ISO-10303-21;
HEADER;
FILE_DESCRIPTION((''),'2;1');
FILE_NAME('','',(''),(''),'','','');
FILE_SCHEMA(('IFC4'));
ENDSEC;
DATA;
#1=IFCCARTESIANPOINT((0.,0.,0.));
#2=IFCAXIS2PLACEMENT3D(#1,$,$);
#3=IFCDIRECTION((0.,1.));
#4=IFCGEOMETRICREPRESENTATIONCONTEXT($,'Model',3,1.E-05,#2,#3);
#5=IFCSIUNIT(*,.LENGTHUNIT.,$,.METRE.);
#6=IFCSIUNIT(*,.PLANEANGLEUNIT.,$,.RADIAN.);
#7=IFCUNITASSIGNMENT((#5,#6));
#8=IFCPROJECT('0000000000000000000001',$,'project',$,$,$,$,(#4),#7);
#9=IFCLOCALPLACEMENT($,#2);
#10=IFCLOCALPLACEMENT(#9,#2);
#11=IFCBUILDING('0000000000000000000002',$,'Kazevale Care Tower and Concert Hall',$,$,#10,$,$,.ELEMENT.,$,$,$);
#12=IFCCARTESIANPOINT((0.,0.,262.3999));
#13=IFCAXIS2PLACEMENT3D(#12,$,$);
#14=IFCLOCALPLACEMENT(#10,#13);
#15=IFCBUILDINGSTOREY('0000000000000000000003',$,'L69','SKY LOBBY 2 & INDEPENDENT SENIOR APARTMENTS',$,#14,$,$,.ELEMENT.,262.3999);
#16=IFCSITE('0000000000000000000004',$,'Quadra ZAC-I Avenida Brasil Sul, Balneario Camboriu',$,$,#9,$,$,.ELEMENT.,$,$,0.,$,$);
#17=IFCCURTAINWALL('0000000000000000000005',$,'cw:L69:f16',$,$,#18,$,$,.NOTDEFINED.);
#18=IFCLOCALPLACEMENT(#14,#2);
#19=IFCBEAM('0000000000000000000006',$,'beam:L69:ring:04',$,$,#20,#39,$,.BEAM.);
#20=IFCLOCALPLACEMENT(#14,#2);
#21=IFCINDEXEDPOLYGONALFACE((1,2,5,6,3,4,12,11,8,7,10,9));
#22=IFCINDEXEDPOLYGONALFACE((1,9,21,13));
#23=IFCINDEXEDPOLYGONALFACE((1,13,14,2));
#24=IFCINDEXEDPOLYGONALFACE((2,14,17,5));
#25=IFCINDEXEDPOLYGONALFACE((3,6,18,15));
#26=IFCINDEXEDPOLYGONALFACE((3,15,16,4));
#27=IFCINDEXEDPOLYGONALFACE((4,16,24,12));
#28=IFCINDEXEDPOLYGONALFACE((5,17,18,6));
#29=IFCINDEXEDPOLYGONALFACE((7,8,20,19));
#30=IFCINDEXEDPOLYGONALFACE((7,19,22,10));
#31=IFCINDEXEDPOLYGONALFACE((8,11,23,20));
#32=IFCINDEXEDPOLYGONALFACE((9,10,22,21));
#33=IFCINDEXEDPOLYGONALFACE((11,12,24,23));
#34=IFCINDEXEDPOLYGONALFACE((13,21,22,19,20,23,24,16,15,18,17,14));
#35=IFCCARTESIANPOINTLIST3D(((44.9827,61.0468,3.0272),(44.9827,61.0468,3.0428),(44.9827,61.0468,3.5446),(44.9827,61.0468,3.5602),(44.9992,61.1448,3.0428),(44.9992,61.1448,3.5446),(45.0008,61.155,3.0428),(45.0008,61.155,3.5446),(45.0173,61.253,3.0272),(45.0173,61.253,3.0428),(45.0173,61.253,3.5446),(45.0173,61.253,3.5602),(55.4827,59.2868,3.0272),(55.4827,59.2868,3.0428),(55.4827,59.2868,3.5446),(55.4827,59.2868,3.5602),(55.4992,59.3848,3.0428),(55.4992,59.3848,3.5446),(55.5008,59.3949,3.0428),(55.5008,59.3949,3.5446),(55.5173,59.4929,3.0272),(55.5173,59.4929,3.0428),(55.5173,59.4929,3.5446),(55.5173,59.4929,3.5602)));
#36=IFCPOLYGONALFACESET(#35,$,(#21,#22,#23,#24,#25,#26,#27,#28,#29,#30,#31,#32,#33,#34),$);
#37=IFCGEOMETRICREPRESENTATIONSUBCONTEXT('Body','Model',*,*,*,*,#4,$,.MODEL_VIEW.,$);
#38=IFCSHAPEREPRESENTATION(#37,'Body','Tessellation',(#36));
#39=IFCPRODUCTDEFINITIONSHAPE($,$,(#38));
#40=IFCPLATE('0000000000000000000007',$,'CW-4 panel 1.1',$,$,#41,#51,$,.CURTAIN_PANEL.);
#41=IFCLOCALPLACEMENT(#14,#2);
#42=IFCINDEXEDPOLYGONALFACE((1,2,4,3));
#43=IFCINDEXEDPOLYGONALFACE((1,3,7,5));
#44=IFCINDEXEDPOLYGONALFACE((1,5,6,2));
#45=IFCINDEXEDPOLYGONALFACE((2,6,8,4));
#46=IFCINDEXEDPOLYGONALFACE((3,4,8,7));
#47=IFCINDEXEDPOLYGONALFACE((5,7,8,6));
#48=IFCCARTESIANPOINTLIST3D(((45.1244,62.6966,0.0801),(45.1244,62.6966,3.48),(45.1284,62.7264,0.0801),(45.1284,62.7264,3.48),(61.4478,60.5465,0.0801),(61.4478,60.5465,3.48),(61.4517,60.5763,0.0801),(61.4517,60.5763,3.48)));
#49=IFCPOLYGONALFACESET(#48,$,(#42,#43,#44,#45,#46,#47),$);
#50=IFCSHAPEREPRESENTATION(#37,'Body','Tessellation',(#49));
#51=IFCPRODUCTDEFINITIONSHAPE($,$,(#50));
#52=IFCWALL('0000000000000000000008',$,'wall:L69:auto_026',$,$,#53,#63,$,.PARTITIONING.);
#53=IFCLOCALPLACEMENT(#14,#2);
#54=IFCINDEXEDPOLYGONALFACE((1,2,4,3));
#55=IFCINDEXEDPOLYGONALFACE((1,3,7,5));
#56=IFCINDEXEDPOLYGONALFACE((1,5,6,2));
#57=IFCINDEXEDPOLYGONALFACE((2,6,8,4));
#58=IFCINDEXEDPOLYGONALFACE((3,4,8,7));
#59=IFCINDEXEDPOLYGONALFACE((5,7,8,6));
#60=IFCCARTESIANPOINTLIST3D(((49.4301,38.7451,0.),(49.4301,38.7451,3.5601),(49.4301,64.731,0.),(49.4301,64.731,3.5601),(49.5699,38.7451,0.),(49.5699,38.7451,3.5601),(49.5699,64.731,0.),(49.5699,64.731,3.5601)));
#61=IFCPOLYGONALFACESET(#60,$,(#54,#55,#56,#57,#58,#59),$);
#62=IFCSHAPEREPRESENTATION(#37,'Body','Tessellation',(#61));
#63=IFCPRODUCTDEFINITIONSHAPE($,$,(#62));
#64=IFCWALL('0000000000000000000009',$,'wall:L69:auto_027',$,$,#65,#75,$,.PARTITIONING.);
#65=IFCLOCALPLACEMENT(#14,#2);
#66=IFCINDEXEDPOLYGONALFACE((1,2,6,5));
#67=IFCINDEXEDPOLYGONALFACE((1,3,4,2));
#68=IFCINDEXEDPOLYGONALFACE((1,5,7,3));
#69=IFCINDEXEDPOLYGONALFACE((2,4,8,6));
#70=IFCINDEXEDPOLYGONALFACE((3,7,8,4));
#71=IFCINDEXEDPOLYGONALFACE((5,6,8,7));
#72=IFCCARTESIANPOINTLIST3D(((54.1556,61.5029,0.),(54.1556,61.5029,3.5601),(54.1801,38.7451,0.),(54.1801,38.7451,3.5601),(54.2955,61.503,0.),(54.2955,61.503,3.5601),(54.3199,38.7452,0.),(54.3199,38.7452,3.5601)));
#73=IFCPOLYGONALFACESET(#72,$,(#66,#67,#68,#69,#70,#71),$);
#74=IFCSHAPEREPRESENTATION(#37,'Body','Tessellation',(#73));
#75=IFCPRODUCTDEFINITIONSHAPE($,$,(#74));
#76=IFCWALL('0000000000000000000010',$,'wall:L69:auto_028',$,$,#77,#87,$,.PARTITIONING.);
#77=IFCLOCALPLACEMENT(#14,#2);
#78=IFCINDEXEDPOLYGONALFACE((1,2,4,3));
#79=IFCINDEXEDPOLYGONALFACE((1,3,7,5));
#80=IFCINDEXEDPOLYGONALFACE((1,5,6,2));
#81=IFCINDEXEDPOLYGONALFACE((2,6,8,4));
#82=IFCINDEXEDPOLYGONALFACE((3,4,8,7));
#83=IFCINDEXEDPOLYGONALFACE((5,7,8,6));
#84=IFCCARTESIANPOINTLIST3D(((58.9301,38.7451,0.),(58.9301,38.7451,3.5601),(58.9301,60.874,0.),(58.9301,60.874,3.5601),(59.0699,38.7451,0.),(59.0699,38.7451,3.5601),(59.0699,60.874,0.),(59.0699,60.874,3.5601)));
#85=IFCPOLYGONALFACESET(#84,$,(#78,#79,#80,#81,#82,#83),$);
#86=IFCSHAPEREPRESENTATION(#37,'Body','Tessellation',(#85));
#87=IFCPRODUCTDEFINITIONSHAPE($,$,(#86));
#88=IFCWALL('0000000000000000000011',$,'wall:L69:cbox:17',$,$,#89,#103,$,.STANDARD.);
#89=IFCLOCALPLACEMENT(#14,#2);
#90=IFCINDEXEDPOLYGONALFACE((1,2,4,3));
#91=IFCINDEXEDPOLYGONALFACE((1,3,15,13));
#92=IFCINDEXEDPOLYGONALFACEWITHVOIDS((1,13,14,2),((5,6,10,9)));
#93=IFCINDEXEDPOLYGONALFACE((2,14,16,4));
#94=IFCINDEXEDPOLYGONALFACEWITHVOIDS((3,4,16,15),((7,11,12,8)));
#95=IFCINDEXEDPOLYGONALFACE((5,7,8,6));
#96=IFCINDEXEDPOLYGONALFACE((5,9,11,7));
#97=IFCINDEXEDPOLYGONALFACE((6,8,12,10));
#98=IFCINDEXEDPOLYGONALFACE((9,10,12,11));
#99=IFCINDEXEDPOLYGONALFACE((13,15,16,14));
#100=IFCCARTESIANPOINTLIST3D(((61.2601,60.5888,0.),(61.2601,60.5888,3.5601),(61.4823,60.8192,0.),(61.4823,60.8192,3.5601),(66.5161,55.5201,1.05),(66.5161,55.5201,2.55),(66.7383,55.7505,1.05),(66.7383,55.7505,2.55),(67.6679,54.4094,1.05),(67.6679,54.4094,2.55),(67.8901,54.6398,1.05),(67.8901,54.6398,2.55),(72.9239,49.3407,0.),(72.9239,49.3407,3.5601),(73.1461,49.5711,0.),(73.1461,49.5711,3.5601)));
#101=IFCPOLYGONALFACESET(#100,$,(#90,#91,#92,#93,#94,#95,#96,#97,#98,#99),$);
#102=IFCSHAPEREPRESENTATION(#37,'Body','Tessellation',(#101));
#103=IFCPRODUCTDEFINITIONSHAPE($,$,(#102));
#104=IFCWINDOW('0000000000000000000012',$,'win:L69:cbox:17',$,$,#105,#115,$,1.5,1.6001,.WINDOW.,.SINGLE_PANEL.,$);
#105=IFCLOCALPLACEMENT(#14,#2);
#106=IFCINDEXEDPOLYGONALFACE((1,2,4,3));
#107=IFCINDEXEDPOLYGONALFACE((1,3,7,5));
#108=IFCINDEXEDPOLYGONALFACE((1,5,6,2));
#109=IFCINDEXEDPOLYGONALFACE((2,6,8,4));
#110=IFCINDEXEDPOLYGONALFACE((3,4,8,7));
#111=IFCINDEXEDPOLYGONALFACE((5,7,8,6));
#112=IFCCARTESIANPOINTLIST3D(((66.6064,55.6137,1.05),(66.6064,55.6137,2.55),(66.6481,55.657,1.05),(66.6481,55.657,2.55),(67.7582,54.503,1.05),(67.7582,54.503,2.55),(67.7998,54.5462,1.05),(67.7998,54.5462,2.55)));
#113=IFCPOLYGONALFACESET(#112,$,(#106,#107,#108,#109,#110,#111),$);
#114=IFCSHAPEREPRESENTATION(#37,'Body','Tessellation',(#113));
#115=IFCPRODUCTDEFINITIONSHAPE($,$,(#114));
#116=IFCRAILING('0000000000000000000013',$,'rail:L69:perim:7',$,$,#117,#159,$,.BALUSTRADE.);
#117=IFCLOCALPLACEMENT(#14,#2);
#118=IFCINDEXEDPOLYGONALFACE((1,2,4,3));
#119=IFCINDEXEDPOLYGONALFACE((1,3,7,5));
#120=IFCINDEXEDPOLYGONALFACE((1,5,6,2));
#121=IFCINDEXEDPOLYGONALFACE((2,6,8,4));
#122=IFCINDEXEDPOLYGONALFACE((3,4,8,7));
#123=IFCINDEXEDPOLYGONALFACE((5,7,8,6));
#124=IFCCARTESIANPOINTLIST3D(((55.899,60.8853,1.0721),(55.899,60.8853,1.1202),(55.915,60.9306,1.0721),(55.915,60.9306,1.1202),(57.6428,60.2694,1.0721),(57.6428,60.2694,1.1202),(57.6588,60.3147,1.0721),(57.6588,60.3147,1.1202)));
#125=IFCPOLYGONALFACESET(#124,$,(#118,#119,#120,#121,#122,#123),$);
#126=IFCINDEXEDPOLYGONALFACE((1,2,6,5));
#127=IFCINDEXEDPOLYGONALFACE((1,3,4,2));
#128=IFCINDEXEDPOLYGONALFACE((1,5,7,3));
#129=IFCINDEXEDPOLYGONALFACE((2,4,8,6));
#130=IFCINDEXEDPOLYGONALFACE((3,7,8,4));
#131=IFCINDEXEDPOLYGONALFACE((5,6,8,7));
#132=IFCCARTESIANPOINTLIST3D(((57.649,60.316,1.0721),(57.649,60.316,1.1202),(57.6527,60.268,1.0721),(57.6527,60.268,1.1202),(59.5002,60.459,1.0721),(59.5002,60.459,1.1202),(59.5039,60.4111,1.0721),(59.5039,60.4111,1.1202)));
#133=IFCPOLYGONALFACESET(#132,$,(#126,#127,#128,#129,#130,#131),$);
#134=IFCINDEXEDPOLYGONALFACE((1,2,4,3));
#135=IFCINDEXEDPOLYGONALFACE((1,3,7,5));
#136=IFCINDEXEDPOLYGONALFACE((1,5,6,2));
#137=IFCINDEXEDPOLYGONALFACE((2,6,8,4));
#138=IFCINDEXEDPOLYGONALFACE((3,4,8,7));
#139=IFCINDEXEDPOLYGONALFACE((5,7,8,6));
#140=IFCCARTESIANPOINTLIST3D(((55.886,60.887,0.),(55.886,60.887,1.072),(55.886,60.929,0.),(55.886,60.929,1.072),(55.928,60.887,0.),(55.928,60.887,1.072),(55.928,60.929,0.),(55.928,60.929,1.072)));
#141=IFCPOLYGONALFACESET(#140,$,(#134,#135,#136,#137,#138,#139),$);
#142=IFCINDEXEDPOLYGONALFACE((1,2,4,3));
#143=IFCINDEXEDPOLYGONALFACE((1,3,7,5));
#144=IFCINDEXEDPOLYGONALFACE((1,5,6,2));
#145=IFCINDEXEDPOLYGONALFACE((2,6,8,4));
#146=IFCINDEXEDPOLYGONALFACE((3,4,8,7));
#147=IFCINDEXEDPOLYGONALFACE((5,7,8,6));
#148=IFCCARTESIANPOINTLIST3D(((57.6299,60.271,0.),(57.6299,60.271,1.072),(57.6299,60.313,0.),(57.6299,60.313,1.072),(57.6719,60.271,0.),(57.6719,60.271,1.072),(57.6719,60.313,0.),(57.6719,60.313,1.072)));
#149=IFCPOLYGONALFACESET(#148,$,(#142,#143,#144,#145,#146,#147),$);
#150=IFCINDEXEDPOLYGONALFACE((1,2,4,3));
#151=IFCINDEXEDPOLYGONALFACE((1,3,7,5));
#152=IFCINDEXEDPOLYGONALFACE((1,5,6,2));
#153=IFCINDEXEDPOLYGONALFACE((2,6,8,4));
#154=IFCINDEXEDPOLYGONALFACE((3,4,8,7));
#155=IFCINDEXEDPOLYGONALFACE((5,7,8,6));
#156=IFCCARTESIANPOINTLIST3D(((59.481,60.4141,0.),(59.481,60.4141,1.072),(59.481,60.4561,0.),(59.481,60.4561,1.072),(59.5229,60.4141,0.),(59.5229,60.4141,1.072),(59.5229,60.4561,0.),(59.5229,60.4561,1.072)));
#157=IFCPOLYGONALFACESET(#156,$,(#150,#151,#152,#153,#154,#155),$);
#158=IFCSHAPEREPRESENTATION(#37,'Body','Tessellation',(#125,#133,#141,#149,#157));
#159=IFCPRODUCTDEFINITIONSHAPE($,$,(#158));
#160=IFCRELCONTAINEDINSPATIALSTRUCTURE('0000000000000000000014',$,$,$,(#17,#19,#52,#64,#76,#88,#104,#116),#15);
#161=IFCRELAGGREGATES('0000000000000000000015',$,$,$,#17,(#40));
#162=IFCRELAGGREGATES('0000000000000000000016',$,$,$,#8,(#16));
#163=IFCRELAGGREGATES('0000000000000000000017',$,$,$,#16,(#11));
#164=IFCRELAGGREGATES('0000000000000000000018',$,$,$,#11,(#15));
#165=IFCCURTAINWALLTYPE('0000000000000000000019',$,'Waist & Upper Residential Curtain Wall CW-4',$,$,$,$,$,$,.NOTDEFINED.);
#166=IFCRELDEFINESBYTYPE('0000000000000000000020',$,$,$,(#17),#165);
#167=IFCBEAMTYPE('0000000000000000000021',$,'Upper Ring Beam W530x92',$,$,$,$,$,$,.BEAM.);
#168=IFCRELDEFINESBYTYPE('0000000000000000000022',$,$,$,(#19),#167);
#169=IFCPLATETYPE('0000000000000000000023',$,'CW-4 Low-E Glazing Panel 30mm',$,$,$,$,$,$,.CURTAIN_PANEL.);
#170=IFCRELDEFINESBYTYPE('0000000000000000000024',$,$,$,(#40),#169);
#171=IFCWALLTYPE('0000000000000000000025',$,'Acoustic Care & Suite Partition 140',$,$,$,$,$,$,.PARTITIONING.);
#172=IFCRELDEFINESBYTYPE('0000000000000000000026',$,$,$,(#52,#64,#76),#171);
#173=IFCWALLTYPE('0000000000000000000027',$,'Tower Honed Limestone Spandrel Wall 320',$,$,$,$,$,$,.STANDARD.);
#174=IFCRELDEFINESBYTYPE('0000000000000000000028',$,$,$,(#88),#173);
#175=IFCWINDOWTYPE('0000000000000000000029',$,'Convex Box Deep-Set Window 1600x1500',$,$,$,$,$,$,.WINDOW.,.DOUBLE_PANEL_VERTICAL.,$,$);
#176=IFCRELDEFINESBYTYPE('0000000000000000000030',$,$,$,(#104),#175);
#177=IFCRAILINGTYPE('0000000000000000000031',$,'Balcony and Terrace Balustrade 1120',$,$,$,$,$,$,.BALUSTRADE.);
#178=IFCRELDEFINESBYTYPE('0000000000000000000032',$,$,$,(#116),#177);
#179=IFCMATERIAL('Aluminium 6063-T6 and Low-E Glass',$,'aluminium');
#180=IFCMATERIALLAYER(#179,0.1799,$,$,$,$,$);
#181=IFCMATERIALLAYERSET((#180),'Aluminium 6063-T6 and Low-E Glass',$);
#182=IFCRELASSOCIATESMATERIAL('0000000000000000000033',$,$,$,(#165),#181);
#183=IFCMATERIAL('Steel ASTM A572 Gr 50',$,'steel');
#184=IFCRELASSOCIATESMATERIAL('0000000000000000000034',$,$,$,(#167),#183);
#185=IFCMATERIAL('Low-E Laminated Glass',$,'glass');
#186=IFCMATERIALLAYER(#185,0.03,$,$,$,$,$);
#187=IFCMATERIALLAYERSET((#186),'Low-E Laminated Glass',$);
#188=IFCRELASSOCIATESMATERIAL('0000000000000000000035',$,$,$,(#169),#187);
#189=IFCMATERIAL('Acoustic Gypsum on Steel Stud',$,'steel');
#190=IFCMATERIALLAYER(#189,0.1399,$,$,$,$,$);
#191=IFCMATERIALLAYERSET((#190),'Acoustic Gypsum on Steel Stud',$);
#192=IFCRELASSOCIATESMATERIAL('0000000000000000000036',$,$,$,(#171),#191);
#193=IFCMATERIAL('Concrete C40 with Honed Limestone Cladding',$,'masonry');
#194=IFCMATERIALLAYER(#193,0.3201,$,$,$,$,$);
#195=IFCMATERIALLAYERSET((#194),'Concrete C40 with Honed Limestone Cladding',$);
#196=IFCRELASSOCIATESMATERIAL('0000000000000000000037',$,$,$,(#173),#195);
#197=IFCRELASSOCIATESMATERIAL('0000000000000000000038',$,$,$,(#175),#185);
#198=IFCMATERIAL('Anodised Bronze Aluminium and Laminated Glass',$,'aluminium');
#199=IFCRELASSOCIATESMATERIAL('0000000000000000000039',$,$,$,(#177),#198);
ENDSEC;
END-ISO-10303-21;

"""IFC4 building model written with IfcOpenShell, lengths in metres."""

from ifc_helpers import new_model, si_unit, direction, frame, frame_2d, origin, origin_2d, place, context, subcontext, project, spatial, rectangle, i_section, extrude, material, layer, layer_set, material_profile, profile_set, type_object, element, fill, aggregate, save


model = new_model("IFC4")

# Units and contexts
model_context = context("Model", 3, precision=1e-05, world=origin(), true_north=direction((0.0, 1.0)))
body_context = subcontext(model_context, "Body", "Model", "MODEL_VIEW")
ifc_project = project(units=[si_unit("LENGTHUNIT", "METRE"), si_unit("PLANEANGLEUNIT", "RADIAN")], contexts=[model_context])

# Site, building, storey
site_placement = place(None, origin())
site = spatial("IfcSite", under=ifc_project, at=site_placement, Name="Quadra ZAC-I Avenida Brasil Sul, Balneario Camboriu", CompositionType="ELEMENT", RefElevation=0.0)
building_placement = place(site_placement, origin())
building = spatial("IfcBuilding", under=site, at=building_placement, Name="Kazevale Care Tower and Concert Hall", CompositionType="ELEMENT")
storey_placement = place(building_placement, frame((0.0, 0.0, 262.3999)))
storey = spatial("IfcBuildingStorey", under=building, at=storey_placement, Name="L69", Description="SKY LOBBY 2 & INDEPENDENT SENIOR APARTMENTS", CompositionType="ELEMENT", Elevation=262.3999)

# Curtain wall
ifc_material_1 = material(Name="Aluminium 6063-T6 and Low-E Glass", Category="aluminium")
ifc_layer_1 = layer(ifc_material_1, 0.1799)
ifc_layer_set_1 = layer_set([ifc_layer_1], Name="Aluminium 6063-T6 and Low-E Glass")
curtain_wall_type = type_object("IfcCurtainWallType", Name="Waist & Upper Residential Curtain Wall CW-4", PredefinedType="NOTDEFINED", material=ifc_layer_set_1)
curtain_wall_1_placement = place(storey_placement, origin())
curtain_wall_1 = element("IfcCurtainWall", 1, at=curtain_wall_1_placement, inside=storey, type_object=curtain_wall_type, Name="cw:L69:f16", PredefinedType="NOTDEFINED")

# Beam
ifc_material_2 = material(Name="Steel ASTM A572 Gr 50", Category="steel")
ifc_material_profile_1 = material_profile(ifc_material_2, i_section(OverallWidth=0.209, OverallDepth=0.533, WebThickness=0.0103, FlangeThickness=0.0156, at=origin_2d()), Name="W530x92")
ifc_profile_set_1 = profile_set([ifc_material_profile_1], Name="Steel ASTM A572 Gr 50")
beam_type = type_object("IfcBeamType", Name="Upper Ring Beam W530x92", PredefinedType="BEAM", material=ifc_profile_set_1)
beam_1_placement = place(storey_placement, frame((55.5, 59.3899, 3.2937), z_axis=(-0.986241, 0.165314, 0.0), x_axis=(-0.165314, -0.986241, 0.0)))
element("IfcBeam", 2, at=beam_1_placement, inside=storey, type_object=beam_type, Name="beam:L69:ring:04", PredefinedType="BEAM", context=body_context, shape_type="SweptSolid", body=[
    extrude(i_section(OverallWidth=0.209, OverallDepth=0.533, WebThickness=0.0103, FlangeThickness=0.0156, at=origin_2d()), origin(), (0.0, 0.0, 1.0), 10.6465),
])

# Plate
ifc_material_3 = material(Name="Low-E Laminated Glass", Category="glass")
ifc_layer_2 = layer(ifc_material_3, 0.03)
ifc_layer_set_2 = layer_set([ifc_layer_2], Name="Low-E Laminated Glass")
plate_type = type_object("IfcPlateType", Name="CW-4 Low-E Glazing Panel 30mm", PredefinedType="CURTAIN_PANEL", material=ifc_layer_set_2)
plate_placement = place(storey_placement, frame((53.2881, 61.6365, 0.0801), z_axis=(0.0, 0.0, 1.0), x_axis=(0.991436, -0.130591, 0.0)))
plate = element("IfcPlate", 3, at=plate_placement, type_object=plate_type, Name="CW-4 panel 1.1", PredefinedType="CURTAIN_PANEL", context=body_context, shape_type="SweptSolid", body=[
    extrude(rectangle(XDim=16.4644, YDim=0.03, at=origin_2d()), origin(), (0.0, 0.0, 1.0), 3.3999),
])
aggregate(curtain_wall_1, [plate])

# Walls
ifc_material_4 = material(Name="Acoustic Gypsum on Steel Stud", Category="steel")
ifc_layer_3 = layer(ifc_material_4, 0.1399)
ifc_layer_set_3 = layer_set([ifc_layer_3], Name="Acoustic Gypsum on Steel Stud")
wall_type_1 = type_object("IfcWallType", Name="Acoustic Care & Suite Partition 140", PredefinedType="PARTITIONING", material=ifc_layer_set_3)
wall_1_placement = place(storey_placement, frame((49.5, 64.731, 0.0), z_axis=(0.0, 0.0, 1.0), x_axis=(0.0, -1.0, 0.0)))
element("IfcWall", 4, at=wall_1_placement, inside=storey, type_object=wall_type_1, Name="wall:L69:auto_026", PredefinedType="PARTITIONING", context=body_context, shape_type="SweptSolid", body=[
    extrude(rectangle(XDim=25.9858, YDim=0.1399, at=frame_2d((12.9929, 0.0))), origin(), (0.0, 0.0, 1.0), 3.5601),
])
wall_2_placement = place(storey_placement, frame((54.2256, 61.5029, 0.0), z_axis=(0.0, 0.0, 1.0), x_axis=(0.001073, -0.999999, 0.0)))
element("IfcWall", 5, at=wall_2_placement, inside=storey, type_object=wall_type_1, Name="wall:L69:auto_027", PredefinedType="PARTITIONING", context=body_context, shape_type="SweptSolid", body=[
    extrude(rectangle(XDim=22.7578, YDim=0.1399, at=frame_2d((11.3789, 0.0))), origin(), (0.0, 0.0, 1.0), 3.5601),
])
wall_3_placement = place(storey_placement, frame((59.0, 60.874, 0.0), z_axis=(0.0, 0.0, 1.0), x_axis=(0.0, -1.0, 0.0)))
element("IfcWall", 6, at=wall_3_placement, inside=storey, type_object=wall_type_1, Name="wall:L69:auto_028", PredefinedType="PARTITIONING", context=body_context, shape_type="SweptSolid", body=[
    extrude(rectangle(XDim=22.1289, YDim=0.1399, at=frame_2d((11.0645, 0.0))), origin(), (0.0, 0.0, 1.0), 3.5601),
])

# Wall, opening, window
ifc_material_5 = material(Name="Concrete C40 with Honed Limestone Cladding", Category="masonry")
ifc_layer_4 = layer(ifc_material_5, 0.3201)
ifc_layer_set_4 = layer_set([ifc_layer_4], Name="Concrete C40 with Honed Limestone Cladding")
wall_type_2 = type_object("IfcWallType", Name="Tower Honed Limestone Spandrel Wall 320", PredefinedType="STANDARD", material=ifc_layer_set_4)
wall_4_placement = place(storey_placement, frame((61.3711, 60.7041, 0.0), z_axis=(0.0, 0.0, 1.0), x_axis=(0.71982, -0.694161, 0.0)))
wall_4 = element("IfcWall", 7, at=wall_4_placement, inside=storey, type_object=wall_type_2, Name="wall:L69:cbox:17", PredefinedType="STANDARD", context=body_context, shape_type="SweptSolid", body=[
    extrude(rectangle(XDim=16.2039, YDim=0.3201, at=frame_2d((8.1021, 0.0))), origin(), (0.0, 0.0, 1.0), 3.5601),
])
opening_placement = place(wall_4_placement, frame((7.302, 0.0, 1.05)))
opening = element("IfcOpeningElement", 8, at=opening_placement, cuts=wall_4, PredefinedType="OPENING", context=body_context, shape_type="SweptSolid", body=[
    extrude(rectangle(XDim=1.6001, YDim=1.5, at=frame_2d((0.8, 0.75))), frame((0.0, 0.1699, 0.0), z_axis=(0.0, -1.0, 0.0), x_axis=(1.0, 0.0, 0.0)), (0.0, 0.0, 1.0), 0.3401),
])
window_type = type_object("IfcWindowType", Name="Convex Box Deep-Set Window 1600x1500", PartitioningType="DOUBLE_PANEL_VERTICAL", PredefinedType="WINDOW", material=ifc_material_3)
window_placement = place(opening_placement, origin())
window = element("IfcWindow", 9, at=window_placement, inside=storey, type_object=window_type, Name="win:L69:cbox:17", OverallHeight=1.5, OverallWidth=1.6001, PartitioningType="SINGLE_PANEL", PredefinedType="WINDOW", context=body_context, shape_type="SweptSolid", body=[
    extrude(rectangle(XDim=1.6001, YDim=1.5, at=frame_2d((0.8, 0.75))), frame((0.0, 0.03, 0.0), z_axis=(0.0, -1.0, 0.0), x_axis=(1.0, 0.0, 0.0)), (0.0, 0.0, 1.0), 0.0601),
])
fill(opening, window)

# Railing
ifc_material_6 = material(Name="Anodised Bronze Aluminium and Laminated Glass", Category="aluminium")
railing_type = type_object("IfcRailingType", Name="Balcony and Terrace Balustrade 1120", PredefinedType="BALUSTRADE", material=ifc_material_6)
railing_1_placement = place(storey_placement, frame((55.907, 60.908, 0.0)))
element("IfcRailing", 10, at=railing_1_placement, inside=storey, type_object=railing_type, Name="rail:L69:perim:7", PredefinedType="BALUSTRADE", context=body_context, shape_type="SweptSolid", body=[
    extrude(rectangle(XDim=0.0481, YDim=0.0481, at=origin_2d()), frame((0.0, 0.0, 1.0962), z_axis=(0.94291, -0.333048, 0.0), x_axis=(0.333048, 0.94291, 0.0)), (0.0, 0.0, 1.0), 1.8494),
    extrude(rectangle(XDim=0.0481, YDim=0.0481, at=origin_2d()), frame((1.7439, -0.616, 1.0962), z_axis=(0.997027, 0.077059, 0.0), x_axis=(-0.077059, 0.997027, 0.0)), (0.0, 0.0, 1.0), 1.8567),
    extrude(rectangle(XDim=0.042, YDim=0.042, at=origin_2d()), origin(), (0.0, 0.0, 1.0), 1.072),
    extrude(rectangle(XDim=0.042, YDim=0.042, at=origin_2d()), frame((1.7439, -0.616, 0.0)), (0.0, 0.0, 1.0), 1.072),
    extrude(rectangle(XDim=0.042, YDim=0.042, at=origin_2d()), frame((3.595, -0.4729, 0.0)), (0.0, 0.0, 1.0), 1.072),
])

save(model, "model.ifc")
